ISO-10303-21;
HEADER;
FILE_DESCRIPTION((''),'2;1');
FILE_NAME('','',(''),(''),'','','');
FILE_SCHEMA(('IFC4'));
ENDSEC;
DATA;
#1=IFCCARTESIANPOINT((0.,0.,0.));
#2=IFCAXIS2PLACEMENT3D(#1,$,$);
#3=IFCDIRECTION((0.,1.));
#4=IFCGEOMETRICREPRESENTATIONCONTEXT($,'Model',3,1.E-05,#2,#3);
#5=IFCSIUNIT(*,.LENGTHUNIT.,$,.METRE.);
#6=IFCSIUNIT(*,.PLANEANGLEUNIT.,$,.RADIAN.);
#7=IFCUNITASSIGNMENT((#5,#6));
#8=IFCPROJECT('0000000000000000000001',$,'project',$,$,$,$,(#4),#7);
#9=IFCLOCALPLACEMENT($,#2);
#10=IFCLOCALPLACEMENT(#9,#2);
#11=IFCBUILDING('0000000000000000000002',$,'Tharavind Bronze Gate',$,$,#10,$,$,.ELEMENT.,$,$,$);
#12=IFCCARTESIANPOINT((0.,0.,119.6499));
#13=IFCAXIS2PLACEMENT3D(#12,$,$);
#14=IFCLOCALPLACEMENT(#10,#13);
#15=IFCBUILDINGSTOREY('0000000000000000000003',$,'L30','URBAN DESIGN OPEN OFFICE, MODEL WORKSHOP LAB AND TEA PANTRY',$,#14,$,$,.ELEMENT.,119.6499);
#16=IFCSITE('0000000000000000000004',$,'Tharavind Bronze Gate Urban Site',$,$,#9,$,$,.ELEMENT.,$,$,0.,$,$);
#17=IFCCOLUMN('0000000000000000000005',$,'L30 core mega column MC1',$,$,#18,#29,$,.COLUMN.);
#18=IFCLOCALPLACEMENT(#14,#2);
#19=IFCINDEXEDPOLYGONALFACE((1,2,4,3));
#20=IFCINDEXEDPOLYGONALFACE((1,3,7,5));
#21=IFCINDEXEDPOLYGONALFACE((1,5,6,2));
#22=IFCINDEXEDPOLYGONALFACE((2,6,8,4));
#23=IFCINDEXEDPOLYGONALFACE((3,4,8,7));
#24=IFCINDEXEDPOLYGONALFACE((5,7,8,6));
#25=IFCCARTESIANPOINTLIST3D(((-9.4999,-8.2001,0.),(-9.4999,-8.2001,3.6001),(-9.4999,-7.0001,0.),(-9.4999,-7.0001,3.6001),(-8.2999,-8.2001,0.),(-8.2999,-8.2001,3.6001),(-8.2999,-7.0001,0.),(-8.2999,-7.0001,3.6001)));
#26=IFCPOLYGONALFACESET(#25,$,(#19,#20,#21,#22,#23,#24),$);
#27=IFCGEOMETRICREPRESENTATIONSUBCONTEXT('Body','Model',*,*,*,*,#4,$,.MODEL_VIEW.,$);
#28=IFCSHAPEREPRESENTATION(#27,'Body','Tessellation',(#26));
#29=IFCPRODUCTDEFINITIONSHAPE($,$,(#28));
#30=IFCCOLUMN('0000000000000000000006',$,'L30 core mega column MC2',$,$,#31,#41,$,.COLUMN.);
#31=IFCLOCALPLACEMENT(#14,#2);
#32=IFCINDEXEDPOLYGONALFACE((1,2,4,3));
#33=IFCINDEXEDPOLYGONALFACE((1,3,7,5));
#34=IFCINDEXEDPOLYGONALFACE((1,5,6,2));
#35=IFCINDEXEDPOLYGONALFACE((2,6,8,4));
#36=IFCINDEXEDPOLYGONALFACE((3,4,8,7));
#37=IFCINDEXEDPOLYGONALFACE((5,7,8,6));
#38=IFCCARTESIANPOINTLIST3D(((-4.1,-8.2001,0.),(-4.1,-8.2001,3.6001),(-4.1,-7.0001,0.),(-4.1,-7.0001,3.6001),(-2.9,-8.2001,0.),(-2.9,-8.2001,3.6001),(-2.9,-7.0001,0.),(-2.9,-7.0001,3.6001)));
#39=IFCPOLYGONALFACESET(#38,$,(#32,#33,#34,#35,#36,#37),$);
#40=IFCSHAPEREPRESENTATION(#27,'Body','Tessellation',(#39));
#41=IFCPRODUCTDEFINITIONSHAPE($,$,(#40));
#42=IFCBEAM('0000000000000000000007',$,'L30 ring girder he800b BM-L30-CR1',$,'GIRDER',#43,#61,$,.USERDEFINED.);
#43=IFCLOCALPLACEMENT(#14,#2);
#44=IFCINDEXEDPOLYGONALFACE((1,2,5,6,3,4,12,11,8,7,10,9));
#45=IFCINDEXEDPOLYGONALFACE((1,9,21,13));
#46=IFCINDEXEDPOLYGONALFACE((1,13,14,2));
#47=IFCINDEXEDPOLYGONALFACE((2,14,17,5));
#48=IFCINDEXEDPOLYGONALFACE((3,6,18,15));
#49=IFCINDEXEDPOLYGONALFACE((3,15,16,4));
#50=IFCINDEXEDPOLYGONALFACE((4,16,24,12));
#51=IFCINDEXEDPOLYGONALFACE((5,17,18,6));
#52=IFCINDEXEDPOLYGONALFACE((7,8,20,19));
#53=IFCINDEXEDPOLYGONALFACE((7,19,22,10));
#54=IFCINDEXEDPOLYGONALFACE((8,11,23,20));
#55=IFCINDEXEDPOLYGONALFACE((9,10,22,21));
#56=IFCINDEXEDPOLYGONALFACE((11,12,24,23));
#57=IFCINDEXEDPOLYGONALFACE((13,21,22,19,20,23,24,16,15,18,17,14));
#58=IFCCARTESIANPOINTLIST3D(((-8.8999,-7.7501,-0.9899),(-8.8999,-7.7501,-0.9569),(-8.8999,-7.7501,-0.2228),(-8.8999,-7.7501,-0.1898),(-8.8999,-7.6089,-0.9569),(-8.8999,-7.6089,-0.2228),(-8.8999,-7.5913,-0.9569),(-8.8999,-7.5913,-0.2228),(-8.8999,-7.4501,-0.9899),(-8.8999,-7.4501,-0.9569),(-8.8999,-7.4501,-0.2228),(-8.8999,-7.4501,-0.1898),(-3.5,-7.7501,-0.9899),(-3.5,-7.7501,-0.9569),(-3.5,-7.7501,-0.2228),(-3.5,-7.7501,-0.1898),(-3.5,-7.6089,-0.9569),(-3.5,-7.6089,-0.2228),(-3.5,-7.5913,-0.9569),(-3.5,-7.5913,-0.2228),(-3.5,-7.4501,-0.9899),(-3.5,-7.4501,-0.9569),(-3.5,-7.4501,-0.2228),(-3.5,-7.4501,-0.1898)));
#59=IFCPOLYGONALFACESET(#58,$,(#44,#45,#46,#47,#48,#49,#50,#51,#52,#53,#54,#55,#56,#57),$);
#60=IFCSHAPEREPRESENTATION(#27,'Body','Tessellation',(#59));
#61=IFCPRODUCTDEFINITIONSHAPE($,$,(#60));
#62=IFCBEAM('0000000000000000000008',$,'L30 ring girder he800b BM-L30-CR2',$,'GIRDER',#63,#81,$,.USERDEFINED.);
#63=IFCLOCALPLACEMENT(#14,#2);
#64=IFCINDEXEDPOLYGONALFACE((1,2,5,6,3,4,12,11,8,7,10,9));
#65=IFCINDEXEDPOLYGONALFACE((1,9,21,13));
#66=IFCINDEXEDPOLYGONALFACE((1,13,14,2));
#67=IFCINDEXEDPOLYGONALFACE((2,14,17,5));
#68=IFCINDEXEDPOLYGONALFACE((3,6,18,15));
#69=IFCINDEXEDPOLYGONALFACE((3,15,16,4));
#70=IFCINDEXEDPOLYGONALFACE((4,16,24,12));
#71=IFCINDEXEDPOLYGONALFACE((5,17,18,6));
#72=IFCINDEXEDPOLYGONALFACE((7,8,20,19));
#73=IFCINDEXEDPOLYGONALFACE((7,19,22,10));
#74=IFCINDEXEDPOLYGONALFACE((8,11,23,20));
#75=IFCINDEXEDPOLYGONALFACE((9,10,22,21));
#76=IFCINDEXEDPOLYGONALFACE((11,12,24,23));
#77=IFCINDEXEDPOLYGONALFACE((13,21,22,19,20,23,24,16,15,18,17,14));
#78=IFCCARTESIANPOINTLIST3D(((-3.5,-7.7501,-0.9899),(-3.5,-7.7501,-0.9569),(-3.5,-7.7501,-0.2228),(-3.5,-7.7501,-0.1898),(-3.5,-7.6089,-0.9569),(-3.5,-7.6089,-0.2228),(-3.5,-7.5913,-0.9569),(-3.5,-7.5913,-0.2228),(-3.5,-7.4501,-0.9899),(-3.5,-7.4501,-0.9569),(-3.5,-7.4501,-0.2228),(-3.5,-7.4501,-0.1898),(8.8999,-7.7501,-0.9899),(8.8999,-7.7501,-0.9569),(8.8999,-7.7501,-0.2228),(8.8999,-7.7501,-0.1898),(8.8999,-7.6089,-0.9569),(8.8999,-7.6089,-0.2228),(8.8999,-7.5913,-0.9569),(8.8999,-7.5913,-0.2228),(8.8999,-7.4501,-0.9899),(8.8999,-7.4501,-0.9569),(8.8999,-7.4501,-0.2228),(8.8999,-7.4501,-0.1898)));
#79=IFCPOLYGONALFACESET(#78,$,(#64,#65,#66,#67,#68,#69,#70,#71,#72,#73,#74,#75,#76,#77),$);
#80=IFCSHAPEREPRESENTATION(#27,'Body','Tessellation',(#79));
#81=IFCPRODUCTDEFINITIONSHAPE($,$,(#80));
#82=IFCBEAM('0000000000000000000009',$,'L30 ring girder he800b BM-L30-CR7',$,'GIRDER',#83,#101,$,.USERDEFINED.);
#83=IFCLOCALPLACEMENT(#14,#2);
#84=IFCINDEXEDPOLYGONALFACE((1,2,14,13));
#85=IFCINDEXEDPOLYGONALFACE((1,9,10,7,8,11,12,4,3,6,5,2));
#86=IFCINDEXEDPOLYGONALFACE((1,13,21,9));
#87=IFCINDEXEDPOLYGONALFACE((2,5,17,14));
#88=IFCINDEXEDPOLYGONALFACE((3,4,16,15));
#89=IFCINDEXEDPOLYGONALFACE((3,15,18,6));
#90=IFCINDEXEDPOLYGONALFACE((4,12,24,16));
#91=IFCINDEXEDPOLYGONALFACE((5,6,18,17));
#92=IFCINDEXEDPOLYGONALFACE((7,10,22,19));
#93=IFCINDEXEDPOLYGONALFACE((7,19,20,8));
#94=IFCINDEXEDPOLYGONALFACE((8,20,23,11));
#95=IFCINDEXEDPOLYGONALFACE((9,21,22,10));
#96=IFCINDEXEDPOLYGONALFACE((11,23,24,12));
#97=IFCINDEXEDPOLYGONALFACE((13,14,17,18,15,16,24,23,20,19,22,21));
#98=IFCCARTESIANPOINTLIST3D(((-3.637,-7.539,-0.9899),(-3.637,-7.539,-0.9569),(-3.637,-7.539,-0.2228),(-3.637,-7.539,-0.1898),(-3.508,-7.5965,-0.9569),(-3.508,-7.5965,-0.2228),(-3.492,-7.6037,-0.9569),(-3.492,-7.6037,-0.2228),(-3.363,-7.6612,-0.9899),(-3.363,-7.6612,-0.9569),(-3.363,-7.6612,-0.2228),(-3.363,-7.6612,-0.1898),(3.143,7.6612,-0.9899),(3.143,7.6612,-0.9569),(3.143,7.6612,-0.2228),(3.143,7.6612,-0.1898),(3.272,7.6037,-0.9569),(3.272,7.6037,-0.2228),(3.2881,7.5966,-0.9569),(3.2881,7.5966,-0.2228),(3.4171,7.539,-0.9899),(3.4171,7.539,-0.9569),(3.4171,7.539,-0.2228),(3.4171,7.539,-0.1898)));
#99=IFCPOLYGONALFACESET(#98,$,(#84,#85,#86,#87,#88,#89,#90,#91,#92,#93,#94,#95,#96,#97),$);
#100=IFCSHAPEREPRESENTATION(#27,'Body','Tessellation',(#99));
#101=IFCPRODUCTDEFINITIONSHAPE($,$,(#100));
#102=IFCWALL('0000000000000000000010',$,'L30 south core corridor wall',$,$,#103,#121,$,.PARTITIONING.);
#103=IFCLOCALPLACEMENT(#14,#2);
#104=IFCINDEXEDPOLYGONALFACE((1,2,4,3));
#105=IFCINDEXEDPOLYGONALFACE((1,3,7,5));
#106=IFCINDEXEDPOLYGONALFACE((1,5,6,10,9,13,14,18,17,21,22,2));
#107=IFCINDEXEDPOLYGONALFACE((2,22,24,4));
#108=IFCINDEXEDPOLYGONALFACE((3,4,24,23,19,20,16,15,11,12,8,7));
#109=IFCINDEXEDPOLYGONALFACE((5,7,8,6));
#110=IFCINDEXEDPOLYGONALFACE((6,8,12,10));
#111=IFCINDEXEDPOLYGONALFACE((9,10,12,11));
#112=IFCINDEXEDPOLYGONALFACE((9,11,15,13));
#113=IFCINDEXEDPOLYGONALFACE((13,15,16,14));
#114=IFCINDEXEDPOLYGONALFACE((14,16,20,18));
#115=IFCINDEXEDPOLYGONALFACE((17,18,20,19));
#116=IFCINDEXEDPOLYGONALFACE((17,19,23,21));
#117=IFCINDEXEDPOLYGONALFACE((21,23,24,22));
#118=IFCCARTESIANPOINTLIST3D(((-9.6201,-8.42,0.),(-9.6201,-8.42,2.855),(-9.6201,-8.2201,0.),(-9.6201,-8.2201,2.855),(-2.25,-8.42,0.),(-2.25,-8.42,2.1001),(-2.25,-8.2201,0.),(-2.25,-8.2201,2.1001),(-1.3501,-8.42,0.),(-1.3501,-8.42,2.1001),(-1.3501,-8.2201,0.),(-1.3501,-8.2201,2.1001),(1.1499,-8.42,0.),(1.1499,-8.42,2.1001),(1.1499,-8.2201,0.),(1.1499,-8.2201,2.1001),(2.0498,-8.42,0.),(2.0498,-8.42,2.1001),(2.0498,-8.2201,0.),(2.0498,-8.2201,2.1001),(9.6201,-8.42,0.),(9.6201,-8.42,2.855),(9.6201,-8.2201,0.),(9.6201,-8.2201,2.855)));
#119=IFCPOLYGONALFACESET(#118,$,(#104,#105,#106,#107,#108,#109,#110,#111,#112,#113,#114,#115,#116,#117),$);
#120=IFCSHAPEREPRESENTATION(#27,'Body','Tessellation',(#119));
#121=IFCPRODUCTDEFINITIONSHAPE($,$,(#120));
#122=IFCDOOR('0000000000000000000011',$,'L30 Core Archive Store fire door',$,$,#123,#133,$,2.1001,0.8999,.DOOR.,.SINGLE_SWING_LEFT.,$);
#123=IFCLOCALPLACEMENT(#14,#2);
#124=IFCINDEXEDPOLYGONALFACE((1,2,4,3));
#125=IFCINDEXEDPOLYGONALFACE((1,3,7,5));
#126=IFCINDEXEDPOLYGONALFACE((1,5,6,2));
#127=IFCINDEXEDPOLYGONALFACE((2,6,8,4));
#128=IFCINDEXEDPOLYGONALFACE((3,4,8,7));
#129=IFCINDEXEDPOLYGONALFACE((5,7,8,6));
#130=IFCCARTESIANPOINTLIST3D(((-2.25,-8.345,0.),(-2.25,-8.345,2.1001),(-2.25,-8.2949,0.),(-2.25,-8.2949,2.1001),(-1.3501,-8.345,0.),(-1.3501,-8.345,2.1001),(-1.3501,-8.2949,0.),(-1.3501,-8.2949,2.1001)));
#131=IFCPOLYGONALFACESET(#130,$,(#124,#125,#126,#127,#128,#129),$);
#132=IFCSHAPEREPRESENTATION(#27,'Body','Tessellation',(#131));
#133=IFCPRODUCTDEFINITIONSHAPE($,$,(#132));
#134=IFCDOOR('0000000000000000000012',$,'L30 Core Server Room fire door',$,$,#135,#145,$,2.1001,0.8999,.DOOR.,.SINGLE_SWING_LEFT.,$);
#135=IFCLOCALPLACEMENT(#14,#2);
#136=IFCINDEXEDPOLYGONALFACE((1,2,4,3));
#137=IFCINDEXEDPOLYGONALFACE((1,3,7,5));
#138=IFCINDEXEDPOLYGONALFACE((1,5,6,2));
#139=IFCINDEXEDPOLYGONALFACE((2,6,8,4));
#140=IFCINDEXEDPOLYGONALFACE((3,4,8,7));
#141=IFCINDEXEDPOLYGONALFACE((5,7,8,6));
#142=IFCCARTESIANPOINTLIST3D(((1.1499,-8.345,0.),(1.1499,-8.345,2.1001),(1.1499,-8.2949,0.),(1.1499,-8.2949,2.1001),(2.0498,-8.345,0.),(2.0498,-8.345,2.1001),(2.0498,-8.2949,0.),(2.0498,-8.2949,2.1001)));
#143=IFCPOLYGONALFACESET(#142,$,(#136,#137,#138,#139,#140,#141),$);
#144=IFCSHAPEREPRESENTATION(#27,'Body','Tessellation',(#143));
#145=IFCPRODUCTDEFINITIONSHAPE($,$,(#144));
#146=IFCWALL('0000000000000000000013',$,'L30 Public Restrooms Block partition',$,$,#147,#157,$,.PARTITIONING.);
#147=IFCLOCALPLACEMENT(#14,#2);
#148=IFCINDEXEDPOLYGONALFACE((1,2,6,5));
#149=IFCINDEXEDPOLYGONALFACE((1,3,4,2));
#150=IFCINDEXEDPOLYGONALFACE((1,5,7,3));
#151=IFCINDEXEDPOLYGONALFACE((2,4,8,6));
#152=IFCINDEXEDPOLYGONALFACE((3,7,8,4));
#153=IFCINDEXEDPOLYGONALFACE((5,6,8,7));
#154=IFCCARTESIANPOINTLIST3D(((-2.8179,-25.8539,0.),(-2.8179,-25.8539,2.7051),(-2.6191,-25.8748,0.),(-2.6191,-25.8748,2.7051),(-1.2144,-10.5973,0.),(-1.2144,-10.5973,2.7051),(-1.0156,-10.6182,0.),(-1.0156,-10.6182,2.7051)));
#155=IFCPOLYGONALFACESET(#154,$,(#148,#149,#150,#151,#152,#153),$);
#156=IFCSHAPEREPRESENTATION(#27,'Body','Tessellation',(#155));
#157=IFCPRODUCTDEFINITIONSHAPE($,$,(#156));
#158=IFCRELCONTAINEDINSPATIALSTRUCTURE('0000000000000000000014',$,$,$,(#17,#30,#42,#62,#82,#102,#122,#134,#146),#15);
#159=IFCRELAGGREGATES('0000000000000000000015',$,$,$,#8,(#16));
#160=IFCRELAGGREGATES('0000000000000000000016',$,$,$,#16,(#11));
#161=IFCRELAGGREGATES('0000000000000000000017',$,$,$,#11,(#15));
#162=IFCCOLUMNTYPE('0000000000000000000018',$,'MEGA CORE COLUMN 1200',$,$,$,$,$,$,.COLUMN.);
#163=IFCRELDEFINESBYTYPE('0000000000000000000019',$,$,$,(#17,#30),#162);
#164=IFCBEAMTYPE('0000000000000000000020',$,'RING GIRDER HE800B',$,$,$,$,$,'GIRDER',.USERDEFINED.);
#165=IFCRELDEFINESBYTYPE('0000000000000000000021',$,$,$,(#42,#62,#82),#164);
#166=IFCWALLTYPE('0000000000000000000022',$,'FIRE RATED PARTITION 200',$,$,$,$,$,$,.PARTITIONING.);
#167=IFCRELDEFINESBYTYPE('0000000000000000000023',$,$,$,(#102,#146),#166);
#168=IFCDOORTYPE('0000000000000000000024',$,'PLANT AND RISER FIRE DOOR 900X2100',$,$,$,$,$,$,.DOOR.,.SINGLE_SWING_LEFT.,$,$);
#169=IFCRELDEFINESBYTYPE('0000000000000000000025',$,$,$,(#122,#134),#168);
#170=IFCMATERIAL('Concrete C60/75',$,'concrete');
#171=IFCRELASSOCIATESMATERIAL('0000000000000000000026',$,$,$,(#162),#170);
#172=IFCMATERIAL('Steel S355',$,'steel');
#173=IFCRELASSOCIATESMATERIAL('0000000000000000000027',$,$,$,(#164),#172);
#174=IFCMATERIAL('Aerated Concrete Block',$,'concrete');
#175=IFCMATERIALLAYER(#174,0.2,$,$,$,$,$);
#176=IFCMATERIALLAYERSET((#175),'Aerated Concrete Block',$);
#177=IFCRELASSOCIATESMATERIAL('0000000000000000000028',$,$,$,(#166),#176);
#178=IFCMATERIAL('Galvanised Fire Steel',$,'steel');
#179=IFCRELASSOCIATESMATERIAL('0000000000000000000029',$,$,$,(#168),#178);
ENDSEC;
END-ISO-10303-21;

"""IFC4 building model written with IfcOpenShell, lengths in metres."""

from ifc_helpers import new_model, si_unit, direction, frame, frame_2d, origin, origin_2d, place, context, subcontext, project, spatial, rectangle, i_section, extrude, material, layer, layer_set, material_profile, profile_set, type_object, element, fill, save


model = new_model("IFC4")

# Units and contexts
model_context = context("Model", 3, precision=1e-05, world=origin(), true_north=direction((0.0, 1.0)))
body_context = subcontext(model_context, "Body", "Model", "MODEL_VIEW")
ifc_project = project(units=[si_unit("LENGTHUNIT", "METRE"), si_unit("PLANEANGLEUNIT", "RADIAN")], contexts=[model_context])

# Site, building, storey
site_placement = place(None, origin())
site = spatial("IfcSite", under=ifc_project, at=site_placement, Name="Tharavind Bronze Gate Urban Site", CompositionType="ELEMENT", RefElevation=0.0)
building_placement = place(site_placement, origin())
building = spatial("IfcBuilding", under=site, at=building_placement, Name="Tharavind Bronze Gate", CompositionType="ELEMENT")
storey_placement = place(building_placement, frame((0.0, 0.0, 119.6499)))
storey = spatial("IfcBuildingStorey", under=building, at=storey_placement, Name="L30", Description="URBAN DESIGN OPEN OFFICE, MODEL WORKSHOP LAB AND TEA PANTRY", CompositionType="ELEMENT", Elevation=119.6499)

# Columns
ifc_material_1 = material(Name="Concrete C60/75", Category="concrete")
ifc_material_profile_1 = material_profile(ifc_material_1, rectangle(XDim=1.2, YDim=1.2, at=origin_2d()), Name="RCCOL1200")
ifc_profile_set_1 = profile_set([ifc_material_profile_1], Name="Concrete C60/75")
column_type = type_object("IfcColumnType", Name="MEGA CORE COLUMN 1200", PredefinedType="COLUMN", material=ifc_profile_set_1)
for number, where, z_axis, x_axis, name in (
    (1, (-8.8999, -7.6001, 0.0), (0.0, 0.0, 1.0), (1.0, 0.0, 0.0), "L30 core mega column MC1"),
    (2, (-3.5, -7.6001, 0.0), (0.0, 0.0, 1.0), (1.0, 0.0, 0.0), "L30 core mega column MC2"),
):
    element("IfcColumn", number, at=place(storey_placement, frame(where, z_axis=z_axis, x_axis=x_axis)), inside=storey, type_object=column_type, Name=name, PredefinedType="COLUMN", context=body_context, shape_type="SweptSolid", body=[
        extrude(rectangle(XDim=1.2, YDim=1.2, at=origin_2d()), origin(), (0.0, 0.0, 1.0), 3.6001),
    ])

# Beams
ifc_material_2 = material(Name="Steel S355", Category="steel")
ifc_material_profile_2 = material_profile(ifc_material_2, i_section(OverallWidth=0.3, OverallDepth=0.8, WebThickness=0.0176, FlangeThickness=0.033, at=origin_2d()), Name="HE800B")
ifc_profile_set_2 = profile_set([ifc_material_profile_2], Name="Steel S355")
beam_type = type_object("IfcBeamType", Name="RING GIRDER HE800B", ElementType="GIRDER", PredefinedType="USERDEFINED", material=ifc_profile_set_2)
beam_1_placement = place(storey_placement, frame((-8.8999, -7.6001, -0.5898), z_axis=(1.0, 0.0, 0.0), x_axis=(0.0, 1.0, 0.0)))
element("IfcBeam", 3, at=beam_1_placement, inside=storey, type_object=beam_type, Name="L30 ring girder he800b BM-L30-CR1", ObjectType="GIRDER", PredefinedType="USERDEFINED", context=body_context, shape_type="SweptSolid", body=[
    extrude(i_section(OverallWidth=0.3, OverallDepth=0.8, WebThickness=0.0176, FlangeThickness=0.033, at=origin_2d()), origin(), (0.0, 0.0, 1.0), 5.3999),
])
beam_2_placement = place(storey_placement, frame((-3.5, -7.6001, -0.5898), z_axis=(1.0, 0.0, 0.0), x_axis=(0.0, 1.0, 0.0)))
element("IfcBeam", 4, at=beam_2_placement, inside=storey, type_object=beam_type, Name="L30 ring girder he800b BM-L30-CR2", ObjectType="GIRDER", PredefinedType="USERDEFINED", context=body_context, shape_type="SweptSolid", body=[
    extrude(i_section(OverallWidth=0.3, OverallDepth=0.8, WebThickness=0.0176, FlangeThickness=0.033, at=origin_2d()), origin(), (0.0, 0.0, 1.0), 12.3999),
])
beam_3_placement = place(storey_placement, frame((-3.5, -7.6001, -0.5898), z_axis=(0.407362, 0.913267, 0.0), x_axis=(-0.913267, 0.407362, 0.0)))
element("IfcBeam", 5, at=beam_3_placement, inside=storey, type_object=beam_type, Name="L30 ring girder he800b BM-L30-CR7", ObjectType="GIRDER", PredefinedType="USERDEFINED", context=body_context, shape_type="SweptSolid", body=[
    extrude(i_section(OverallWidth=0.3, OverallDepth=0.8, WebThickness=0.0176, FlangeThickness=0.033, at=origin_2d()), origin(), (0.0, 0.0, 1.0), 16.6438),
])

# Wall, openings, doors
ifc_material_3 = material(Name="Aerated Concrete Block", Category="concrete")
ifc_layer_1 = layer(ifc_material_3, 0.2)
ifc_layer_set_1 = layer_set([ifc_layer_1], Name="Aerated Concrete Block")
wall_type_1 = type_object("IfcWallType", Name="FIRE RATED PARTITION 200", PredefinedType="PARTITIONING", material=ifc_layer_set_1)
wall_1_placement = place(storey_placement, frame((-9.6201, -8.3201, 0.0), z_axis=(0.0, 0.0, 1.0), x_axis=(1.0, 0.0, 0.0)))
wall_1 = element("IfcWall", 6, at=wall_1_placement, inside=storey, type_object=wall_type_1, Name="L30 south core corridor wall", PredefinedType="PARTITIONING", context=body_context, shape_type="SweptSolid", body=[
    extrude(rectangle(XDim=19.2402, YDim=0.2, at=frame_2d((9.6201, 0.0))), origin(), (0.0, 0.0, 1.0), 2.855),
])
opening_1_placement = place(wall_1_placement, frame((7.3701, 0.0, 0.0)))
opening_1 = element("IfcOpeningElement", 7, at=opening_1_placement, cuts=wall_1, PredefinedType="OPENING", context=body_context, shape_type="SweptSolid", body=[
    extrude(rectangle(XDim=0.8999, YDim=2.1001, at=frame_2d((0.45, 1.05))), frame((0.0, 0.1101, 0.0), z_axis=(0.0, -1.0, 0.0), x_axis=(1.0, 0.0, 0.0)), (0.0, 0.0, 1.0), 0.22),
])
opening_2_placement = place(wall_1_placement, frame((10.77, 0.0, 0.0)))
opening_2 = element("IfcOpeningElement", 8, at=opening_2_placement, cuts=wall_1, PredefinedType="OPENING", context=body_context, shape_type="SweptSolid", body=[
    extrude(rectangle(XDim=0.8999, YDim=2.1001, at=frame_2d((0.45, 1.05))), frame((0.0, 0.1101, 0.0), z_axis=(0.0, -1.0, 0.0), x_axis=(1.0, 0.0, 0.0)), (0.0, 0.0, 1.0), 0.22),
])
ifc_material_4 = material(Name="Galvanised Fire Steel", Category="steel")
door_type_1 = type_object("IfcDoorType", Name="PLANT AND RISER FIRE DOOR 900X2100", OperationType="SINGLE_SWING_LEFT", PredefinedType="DOOR", material=ifc_material_4)
door_1_placement = place(opening_1_placement, frame((0.8999, 0.0, 0.0), z_axis=(0.0, 0.0, 1.0), x_axis=(-1.0, 0.0, 0.0)))
door_1 = element("IfcDoor", 9, at=door_1_placement, inside=storey, type_object=door_type_1, Name="L30 Core Archive Store fire door", OperationType="SINGLE_SWING_LEFT", OverallHeight=2.1001, OverallWidth=0.8999, PredefinedType="DOOR", context=body_context, shape_type="SweptSolid", body=[
    extrude(rectangle(XDim=0.8999, YDim=2.1001, at=frame_2d((0.45, 1.05))), frame((0.0, 0.0249, 0.0), z_axis=(0.0, -1.0, 0.0), x_axis=(1.0, 0.0, 0.0)), (0.0, 0.0, 1.0), 0.05),
])
fill(opening_1, door_1)
door_2_placement = place(opening_2_placement, frame((0.8999, 0.0, 0.0), z_axis=(0.0, 0.0, 1.0), x_axis=(-1.0, 0.0, 0.0)))
door_2 = element("IfcDoor", 10, at=door_2_placement, inside=storey, type_object=door_type_1, Name="L30 Core Server Room fire door", OperationType="SINGLE_SWING_LEFT", OverallHeight=2.1001, OverallWidth=0.8999, PredefinedType="DOOR", context=body_context, shape_type="SweptSolid", body=[
    extrude(rectangle(XDim=0.8999, YDim=2.1001, at=frame_2d((0.45, 1.05))), frame((0.0, 0.0249, 0.0), z_axis=(0.0, -1.0, 0.0), x_axis=(1.0, 0.0, 0.0)), (0.0, 0.0, 1.0), 0.05),
])
fill(opening_2, door_2)

# Wall
wall_2_placement = place(storey_placement, frame((-1.115, -10.6077, 0.0), z_axis=(0.0, 0.0, 1.0), x_axis=(-0.104527, -0.994522, 0.0)))
element("IfcWall", 11, at=wall_2_placement, inside=storey, type_object=wall_type_1, Name="L30 Public Restrooms Block partition", PredefinedType="PARTITIONING", context=body_context, shape_type="SweptSolid", body=[
    extrude(rectangle(XDim=15.3406, YDim=0.2, at=frame_2d((7.6704, 0.0))), origin(), (0.0, 0.0, 1.0), 2.7051),
])

save(model, "model.ifc")
